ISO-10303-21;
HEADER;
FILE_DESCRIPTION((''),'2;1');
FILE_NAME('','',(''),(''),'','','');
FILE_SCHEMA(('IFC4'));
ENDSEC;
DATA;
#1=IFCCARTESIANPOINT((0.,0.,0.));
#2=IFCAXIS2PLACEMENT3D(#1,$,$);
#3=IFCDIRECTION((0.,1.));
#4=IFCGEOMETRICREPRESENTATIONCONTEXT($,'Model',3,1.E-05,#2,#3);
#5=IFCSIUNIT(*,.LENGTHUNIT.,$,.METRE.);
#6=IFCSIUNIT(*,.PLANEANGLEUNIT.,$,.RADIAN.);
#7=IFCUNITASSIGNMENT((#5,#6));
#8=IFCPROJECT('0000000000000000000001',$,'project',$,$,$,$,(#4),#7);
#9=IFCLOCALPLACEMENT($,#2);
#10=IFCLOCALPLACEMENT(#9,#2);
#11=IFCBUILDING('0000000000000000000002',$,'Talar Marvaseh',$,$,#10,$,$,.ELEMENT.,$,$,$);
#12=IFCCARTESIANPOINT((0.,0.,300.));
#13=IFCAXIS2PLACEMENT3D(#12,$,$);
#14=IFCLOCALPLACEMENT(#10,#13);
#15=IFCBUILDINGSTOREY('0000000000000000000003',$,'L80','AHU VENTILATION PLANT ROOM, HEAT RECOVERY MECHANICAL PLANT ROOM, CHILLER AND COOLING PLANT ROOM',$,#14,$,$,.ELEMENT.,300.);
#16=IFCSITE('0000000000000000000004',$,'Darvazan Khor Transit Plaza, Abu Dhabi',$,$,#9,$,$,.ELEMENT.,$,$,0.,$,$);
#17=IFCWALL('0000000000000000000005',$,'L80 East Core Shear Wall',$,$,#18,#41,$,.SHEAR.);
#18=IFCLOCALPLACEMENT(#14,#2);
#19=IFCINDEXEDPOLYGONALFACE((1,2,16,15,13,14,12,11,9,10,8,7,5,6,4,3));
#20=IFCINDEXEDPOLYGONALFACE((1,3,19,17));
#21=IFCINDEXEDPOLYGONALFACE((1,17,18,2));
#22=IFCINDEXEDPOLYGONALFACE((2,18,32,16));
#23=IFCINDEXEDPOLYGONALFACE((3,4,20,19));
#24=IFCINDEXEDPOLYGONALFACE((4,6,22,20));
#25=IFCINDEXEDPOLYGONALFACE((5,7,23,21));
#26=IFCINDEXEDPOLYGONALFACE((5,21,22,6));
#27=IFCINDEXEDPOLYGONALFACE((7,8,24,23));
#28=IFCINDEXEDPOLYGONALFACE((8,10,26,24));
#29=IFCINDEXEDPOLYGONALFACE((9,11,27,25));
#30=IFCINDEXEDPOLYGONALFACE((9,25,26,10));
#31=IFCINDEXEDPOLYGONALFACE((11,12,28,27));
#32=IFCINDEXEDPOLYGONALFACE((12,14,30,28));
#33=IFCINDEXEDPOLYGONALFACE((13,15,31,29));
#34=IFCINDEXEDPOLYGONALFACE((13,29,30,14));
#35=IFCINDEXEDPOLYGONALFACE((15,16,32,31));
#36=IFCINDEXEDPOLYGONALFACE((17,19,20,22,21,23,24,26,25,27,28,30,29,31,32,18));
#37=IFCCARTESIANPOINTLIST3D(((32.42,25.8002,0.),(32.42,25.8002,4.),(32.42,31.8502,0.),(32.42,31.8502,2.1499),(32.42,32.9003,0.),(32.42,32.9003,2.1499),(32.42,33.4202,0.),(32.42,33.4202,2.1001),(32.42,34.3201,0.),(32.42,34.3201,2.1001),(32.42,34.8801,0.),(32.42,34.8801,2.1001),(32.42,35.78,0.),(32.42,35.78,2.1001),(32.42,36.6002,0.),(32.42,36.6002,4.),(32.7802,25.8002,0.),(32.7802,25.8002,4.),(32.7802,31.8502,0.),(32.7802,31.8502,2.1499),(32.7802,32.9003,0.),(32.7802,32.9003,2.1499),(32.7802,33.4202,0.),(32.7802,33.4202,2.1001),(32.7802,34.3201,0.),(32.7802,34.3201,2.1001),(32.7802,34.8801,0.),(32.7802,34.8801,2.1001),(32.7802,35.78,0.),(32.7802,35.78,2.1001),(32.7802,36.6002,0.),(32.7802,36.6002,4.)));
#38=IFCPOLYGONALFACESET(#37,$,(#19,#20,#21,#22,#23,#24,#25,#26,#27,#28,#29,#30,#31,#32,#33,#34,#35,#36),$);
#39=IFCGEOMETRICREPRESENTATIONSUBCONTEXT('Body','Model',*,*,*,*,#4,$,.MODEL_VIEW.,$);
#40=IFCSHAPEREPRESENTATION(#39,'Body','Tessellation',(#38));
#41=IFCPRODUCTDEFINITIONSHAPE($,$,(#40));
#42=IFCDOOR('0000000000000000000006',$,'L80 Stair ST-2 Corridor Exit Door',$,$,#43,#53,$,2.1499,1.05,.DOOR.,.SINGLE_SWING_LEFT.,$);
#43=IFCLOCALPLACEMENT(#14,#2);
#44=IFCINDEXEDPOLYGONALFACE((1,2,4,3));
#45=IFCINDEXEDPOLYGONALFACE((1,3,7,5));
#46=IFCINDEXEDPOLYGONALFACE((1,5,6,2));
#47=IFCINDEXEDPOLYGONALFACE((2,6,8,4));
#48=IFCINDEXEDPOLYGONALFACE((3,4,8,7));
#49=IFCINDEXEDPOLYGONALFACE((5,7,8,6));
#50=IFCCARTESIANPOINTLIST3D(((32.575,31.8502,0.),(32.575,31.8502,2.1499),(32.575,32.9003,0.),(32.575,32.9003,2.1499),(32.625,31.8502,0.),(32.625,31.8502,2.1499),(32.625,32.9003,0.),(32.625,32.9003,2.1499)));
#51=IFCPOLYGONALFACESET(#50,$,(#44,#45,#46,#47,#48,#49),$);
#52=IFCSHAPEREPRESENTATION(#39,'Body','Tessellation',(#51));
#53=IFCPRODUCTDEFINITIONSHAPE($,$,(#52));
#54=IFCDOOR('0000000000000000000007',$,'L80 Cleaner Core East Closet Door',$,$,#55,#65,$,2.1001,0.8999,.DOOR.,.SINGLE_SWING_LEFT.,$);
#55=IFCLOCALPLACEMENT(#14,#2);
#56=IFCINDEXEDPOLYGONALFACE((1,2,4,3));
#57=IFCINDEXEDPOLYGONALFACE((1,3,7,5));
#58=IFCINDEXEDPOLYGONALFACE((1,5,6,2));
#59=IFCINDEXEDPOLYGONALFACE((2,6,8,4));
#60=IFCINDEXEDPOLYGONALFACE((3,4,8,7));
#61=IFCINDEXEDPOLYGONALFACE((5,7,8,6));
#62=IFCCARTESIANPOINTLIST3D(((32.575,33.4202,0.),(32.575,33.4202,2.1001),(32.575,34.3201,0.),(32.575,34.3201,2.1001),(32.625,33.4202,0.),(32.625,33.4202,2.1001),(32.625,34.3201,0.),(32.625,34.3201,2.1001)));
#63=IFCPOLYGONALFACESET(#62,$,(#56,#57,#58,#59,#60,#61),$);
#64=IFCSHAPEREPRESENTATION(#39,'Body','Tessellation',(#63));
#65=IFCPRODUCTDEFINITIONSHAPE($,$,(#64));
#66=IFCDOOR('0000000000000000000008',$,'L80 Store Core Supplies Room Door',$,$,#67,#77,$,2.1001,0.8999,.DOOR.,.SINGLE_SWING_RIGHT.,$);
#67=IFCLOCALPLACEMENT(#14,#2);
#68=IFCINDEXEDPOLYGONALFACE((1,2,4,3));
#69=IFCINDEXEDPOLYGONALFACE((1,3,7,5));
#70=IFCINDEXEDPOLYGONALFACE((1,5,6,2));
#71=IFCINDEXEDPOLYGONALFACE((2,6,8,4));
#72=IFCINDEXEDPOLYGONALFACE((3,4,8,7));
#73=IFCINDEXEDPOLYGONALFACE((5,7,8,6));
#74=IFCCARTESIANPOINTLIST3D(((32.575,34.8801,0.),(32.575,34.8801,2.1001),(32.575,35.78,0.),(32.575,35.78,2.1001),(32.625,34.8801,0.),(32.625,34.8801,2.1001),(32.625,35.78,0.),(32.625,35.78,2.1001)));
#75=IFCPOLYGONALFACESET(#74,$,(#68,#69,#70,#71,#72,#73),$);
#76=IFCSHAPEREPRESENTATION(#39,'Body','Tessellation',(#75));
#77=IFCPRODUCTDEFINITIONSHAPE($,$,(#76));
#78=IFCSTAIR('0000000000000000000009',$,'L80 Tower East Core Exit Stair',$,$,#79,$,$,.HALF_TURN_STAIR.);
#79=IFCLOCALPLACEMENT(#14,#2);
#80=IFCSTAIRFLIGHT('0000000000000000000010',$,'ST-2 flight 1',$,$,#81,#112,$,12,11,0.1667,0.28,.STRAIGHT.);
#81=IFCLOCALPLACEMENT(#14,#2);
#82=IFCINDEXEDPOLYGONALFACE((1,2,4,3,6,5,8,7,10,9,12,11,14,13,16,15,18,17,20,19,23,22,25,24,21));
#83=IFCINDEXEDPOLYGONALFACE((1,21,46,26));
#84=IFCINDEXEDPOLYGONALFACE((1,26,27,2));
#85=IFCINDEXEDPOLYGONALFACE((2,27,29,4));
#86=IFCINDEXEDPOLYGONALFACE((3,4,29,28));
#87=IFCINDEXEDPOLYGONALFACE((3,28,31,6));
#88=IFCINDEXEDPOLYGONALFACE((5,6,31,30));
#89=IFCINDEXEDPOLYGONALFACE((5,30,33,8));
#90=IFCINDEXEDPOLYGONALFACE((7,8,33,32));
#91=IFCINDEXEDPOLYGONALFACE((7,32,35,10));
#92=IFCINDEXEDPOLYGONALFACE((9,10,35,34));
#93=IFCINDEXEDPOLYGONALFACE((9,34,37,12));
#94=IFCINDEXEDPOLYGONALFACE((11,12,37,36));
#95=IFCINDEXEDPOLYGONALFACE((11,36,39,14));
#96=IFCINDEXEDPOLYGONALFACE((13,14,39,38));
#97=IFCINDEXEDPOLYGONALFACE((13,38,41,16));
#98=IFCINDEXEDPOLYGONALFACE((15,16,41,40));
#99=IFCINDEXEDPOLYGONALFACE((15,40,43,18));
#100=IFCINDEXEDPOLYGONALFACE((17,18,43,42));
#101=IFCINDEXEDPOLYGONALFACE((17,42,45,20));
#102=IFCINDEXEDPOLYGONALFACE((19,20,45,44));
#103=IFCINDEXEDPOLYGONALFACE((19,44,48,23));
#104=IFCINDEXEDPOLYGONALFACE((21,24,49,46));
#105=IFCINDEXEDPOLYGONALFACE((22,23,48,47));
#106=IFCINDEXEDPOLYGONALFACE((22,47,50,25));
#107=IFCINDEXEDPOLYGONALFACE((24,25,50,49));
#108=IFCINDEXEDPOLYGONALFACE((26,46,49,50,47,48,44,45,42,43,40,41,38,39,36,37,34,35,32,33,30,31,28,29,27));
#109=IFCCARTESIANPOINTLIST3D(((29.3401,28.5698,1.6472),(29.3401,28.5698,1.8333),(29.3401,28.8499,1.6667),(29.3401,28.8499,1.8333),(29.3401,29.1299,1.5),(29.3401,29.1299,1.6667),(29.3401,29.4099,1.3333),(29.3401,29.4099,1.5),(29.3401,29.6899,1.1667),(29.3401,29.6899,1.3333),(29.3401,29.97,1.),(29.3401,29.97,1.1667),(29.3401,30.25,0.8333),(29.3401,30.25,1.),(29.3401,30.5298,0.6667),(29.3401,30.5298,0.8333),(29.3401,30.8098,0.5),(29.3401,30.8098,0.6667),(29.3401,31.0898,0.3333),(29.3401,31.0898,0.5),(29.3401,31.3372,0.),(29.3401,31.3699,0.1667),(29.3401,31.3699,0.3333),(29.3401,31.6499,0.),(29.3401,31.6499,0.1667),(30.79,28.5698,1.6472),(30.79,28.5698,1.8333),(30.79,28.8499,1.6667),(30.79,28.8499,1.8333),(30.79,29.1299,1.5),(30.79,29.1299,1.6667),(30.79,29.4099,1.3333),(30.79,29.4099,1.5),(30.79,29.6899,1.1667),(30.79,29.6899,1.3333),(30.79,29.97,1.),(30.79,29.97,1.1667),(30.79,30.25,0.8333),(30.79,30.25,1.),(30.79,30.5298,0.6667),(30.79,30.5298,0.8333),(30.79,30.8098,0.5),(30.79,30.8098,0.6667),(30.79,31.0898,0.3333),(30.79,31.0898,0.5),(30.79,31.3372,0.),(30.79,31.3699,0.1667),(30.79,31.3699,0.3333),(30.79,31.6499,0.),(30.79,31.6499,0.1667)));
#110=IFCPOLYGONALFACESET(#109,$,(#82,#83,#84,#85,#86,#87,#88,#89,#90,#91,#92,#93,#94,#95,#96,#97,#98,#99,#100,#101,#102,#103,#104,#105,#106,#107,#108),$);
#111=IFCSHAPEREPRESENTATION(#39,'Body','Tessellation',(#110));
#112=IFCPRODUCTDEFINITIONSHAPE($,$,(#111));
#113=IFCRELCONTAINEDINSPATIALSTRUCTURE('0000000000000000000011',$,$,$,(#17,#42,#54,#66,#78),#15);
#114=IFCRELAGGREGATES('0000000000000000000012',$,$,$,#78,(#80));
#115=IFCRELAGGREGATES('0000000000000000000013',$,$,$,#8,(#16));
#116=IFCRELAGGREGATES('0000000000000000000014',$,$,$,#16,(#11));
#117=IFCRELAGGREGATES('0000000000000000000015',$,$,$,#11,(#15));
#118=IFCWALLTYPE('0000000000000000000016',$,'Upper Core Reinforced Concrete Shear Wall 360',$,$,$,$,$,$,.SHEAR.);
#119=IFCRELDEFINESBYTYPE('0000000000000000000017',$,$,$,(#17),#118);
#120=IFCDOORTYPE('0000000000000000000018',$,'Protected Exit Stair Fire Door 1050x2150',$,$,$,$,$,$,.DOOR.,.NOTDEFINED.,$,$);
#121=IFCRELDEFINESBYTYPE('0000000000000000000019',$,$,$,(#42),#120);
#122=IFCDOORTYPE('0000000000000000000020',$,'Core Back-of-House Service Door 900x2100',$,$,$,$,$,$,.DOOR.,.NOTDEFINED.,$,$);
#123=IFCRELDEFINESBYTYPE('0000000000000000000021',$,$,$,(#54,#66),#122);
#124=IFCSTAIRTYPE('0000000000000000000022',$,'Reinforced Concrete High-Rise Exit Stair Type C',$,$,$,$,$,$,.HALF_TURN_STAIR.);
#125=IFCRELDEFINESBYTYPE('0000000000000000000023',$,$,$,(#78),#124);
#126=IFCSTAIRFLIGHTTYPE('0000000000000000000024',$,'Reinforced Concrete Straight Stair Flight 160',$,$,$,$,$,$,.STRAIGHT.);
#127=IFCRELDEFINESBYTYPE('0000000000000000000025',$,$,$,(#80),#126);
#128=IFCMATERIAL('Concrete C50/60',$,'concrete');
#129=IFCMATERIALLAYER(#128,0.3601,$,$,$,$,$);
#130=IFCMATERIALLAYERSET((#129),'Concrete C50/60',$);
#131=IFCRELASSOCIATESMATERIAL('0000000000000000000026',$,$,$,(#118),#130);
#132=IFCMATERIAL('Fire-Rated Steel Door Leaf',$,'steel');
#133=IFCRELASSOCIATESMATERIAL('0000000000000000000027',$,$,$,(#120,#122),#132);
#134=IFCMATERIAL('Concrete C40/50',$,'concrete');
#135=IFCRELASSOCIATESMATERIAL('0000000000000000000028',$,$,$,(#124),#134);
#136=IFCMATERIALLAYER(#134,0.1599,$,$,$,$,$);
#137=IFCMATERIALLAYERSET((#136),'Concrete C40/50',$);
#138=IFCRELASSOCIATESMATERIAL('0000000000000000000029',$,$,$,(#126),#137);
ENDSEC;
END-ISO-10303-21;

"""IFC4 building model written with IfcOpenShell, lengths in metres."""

from ifc_helpers import new_model, si_unit, direction, frame, frame_2d, origin, place, context, subcontext, project, spatial, polyline, rectangle, outline, extrude, source, transform, mapped, material, layer, layer_set, type_object, type_shapes, element, fill, aggregate, save


model = new_model("IFC4")

# Units and contexts
model_context = context("Model", 3, precision=1e-05, world=origin(), true_north=direction((0.0, 1.0)))
body_context = subcontext(model_context, "Body", "Model", "MODEL_VIEW")
ifc_project = project(units=[si_unit("LENGTHUNIT", "METRE"), si_unit("PLANEANGLEUNIT", "RADIAN")], contexts=[model_context])

# Site, building, storey
site_placement = place(None, origin())
site = spatial("IfcSite", under=ifc_project, at=site_placement, Name="Darvazan Khor Transit Plaza, Abu Dhabi", CompositionType="ELEMENT", RefElevation=0.0)
building_placement = place(site_placement, origin())
building = spatial("IfcBuilding", under=site, at=building_placement, Name="Talar Marvaseh", CompositionType="ELEMENT")
storey_placement = place(building_placement, frame((0.0, 0.0, 300.0)))
storey = spatial("IfcBuildingStorey", under=building, at=storey_placement, Name="L80", Description="AHU VENTILATION PLANT ROOM, HEAT RECOVERY MECHANICAL PLANT ROOM, CHILLER AND COOLING PLANT ROOM", CompositionType="ELEMENT", Elevation=300.0)

# Shared definitions
ifc_material_1 = material(Name="Concrete C50/60", Category="concrete")

# Shared definitions
ifc_material_2 = material(Name="Concrete C40/50", Category="concrete")

# Wall, openings, doors
ifc_layer_1 = layer(ifc_material_1, 0.3601)
ifc_layer_set_1 = layer_set([ifc_layer_1], Name="Concrete C50/60")
wall_type_1 = type_object("IfcWallType", Name="Upper Core Reinforced Concrete Shear Wall 360", PredefinedType="SHEAR", material=ifc_layer_set_1)
wall_1_placement = place(storey_placement, frame((32.6001, 36.6001, 0.0), z_axis=(0.0, 0.0, 1.0), x_axis=(0.0, -1.0, 0.0)))
wall_1 = element("IfcWall", 1, at=wall_1_placement, inside=storey, type_object=wall_type_1, Name="L80 East Core Shear Wall", PredefinedType="SHEAR", context=body_context, shape_type="SweptSolid", body=[
    extrude(rectangle(XDim=10.8, YDim=0.3601, at=frame_2d((5.3999, 0.0))), origin(), (0.0, 0.0, 1.0), 4.0),
])
opening_1_placement = place(wall_1_placement, frame((3.7, 0.0, 0.0)))
opening_1 = element("IfcOpeningElement", 2, at=opening_1_placement, cuts=wall_1, PredefinedType="OPENING", context=body_context, shape_type="SweptSolid", body=[
    extrude(rectangle(XDim=1.05, YDim=2.1499, at=frame_2d((0.5249, 1.075))), frame((0.0, 0.1899, 0.0), z_axis=(0.0, -1.0, 0.0), x_axis=(1.0, 0.0, 0.0)), (0.0, 0.0, 1.0), 0.3801),
])
opening_2_placement = place(wall_1_placement, frame((2.28, 0.0, 0.0)))
opening_2 = element("IfcOpeningElement", 3, at=opening_2_placement, cuts=wall_1, PredefinedType="OPENING", context=body_context, shape_type="SweptSolid", body=[
    extrude(rectangle(XDim=0.8999, YDim=2.1001, at=frame_2d((0.45, 1.05))), frame((0.0, 0.1899, 0.0), z_axis=(0.0, -1.0, 0.0), x_axis=(1.0, 0.0, 0.0)), (0.0, 0.0, 1.0), 0.3801),
])
opening_3_placement = place(wall_1_placement, frame((0.8201, 0.0, 0.0)))
opening_3 = element("IfcOpeningElement", 4, at=opening_3_placement, cuts=wall_1, PredefinedType="OPENING", context=body_context, shape_type="SweptSolid", body=[
    extrude(rectangle(XDim=0.8999, YDim=2.1001, at=frame_2d((0.45, 1.05))), frame((0.0, 0.1899, 0.0), z_axis=(0.0, -1.0, 0.0), x_axis=(1.0, 0.0, 0.0)), (0.0, 0.0, 1.0), 0.3801),
])
ifc_material_3 = material(Name="Fire-Rated Steel Door Leaf", Category="steel")
door_type_1 = type_object("IfcDoorType", Name="Protected Exit Stair Fire Door 1050x2150", OperationType="NOTDEFINED", PredefinedType="DOOR", material=ifc_material_3)
shared_shape_1 = source(origin(), body_context, "Body", "SweptSolid", [
    extrude(rectangle(XDim=1.05, YDim=2.1499, at=frame_2d((0.5249, 1.075))), frame((0.0, 0.0249, 0.0), z_axis=(0.0, -1.0, 0.0), x_axis=(1.0, 0.0, 0.0)), (0.0, 0.0, 1.0), 0.05),
])
type_shapes(door_type_1, [shared_shape_1])
door_1_placement = place(opening_1_placement, origin())
door_1 = element("IfcDoor", 5, at=door_1_placement, inside=storey, type_object=door_type_1, Name="L80 Stair ST-2 Corridor Exit Door", OperationType="SINGLE_SWING_LEFT", OverallHeight=2.1499, OverallWidth=1.05, PredefinedType="DOOR", context=body_context, shape_type="MappedRepresentation", body=[
    mapped(shared_shape_1, transform((0.0, 0.0, 0.0), x_axis=(1.0, 0.0, 0.0), y_axis=(0.0, 1.0, 0.0), z_axis=(0.0, 0.0, 1.0), scale=1.0)),
])
fill(opening_1, door_1)
door_type_2 = type_object("IfcDoorType", Name="Core Back-of-House Service Door 900x2100", OperationType="NOTDEFINED", PredefinedType="DOOR", material=ifc_material_3)
shared_shape_2 = source(origin(), body_context, "Body", "SweptSolid", [
    extrude(rectangle(XDim=0.8999, YDim=2.1001, at=frame_2d((0.45, 1.05))), frame((0.0, 0.0249, 0.0), z_axis=(0.0, -1.0, 0.0), x_axis=(1.0, 0.0, 0.0)), (0.0, 0.0, 1.0), 0.05),
])
type_shapes(door_type_2, [shared_shape_2])
door_2_placement = place(opening_2_placement, origin())
door_2 = element("IfcDoor", 6, at=door_2_placement, inside=storey, type_object=door_type_2, Name="L80 Cleaner Core East Closet Door", OperationType="SINGLE_SWING_LEFT", OverallHeight=2.1001, OverallWidth=0.8999, PredefinedType="DOOR", context=body_context, shape_type="MappedRepresentation", body=[
    mapped(shared_shape_2, transform((0.0, 0.0, 0.0), x_axis=(1.0, 0.0, 0.0), y_axis=(0.0, 1.0, 0.0), z_axis=(0.0, 0.0, 1.0), scale=1.0)),
])
fill(opening_2, door_2)
door_3_placement = place(opening_3_placement, origin())
door_3 = element("IfcDoor", 7, at=door_3_placement, inside=storey, type_object=door_type_2, Name="L80 Store Core Supplies Room Door", OperationType="SINGLE_SWING_RIGHT", OverallHeight=2.1001, OverallWidth=0.8999, PredefinedType="DOOR", context=body_context, shape_type="MappedRepresentation", body=[
    mapped(shared_shape_2, transform((0.0, 0.0, 0.0), x_axis=(1.0, 0.0, 0.0), y_axis=(0.0, 1.0, 0.0), z_axis=(0.0, 0.0, 1.0), scale=1.0)),
])
fill(opening_3, door_3)

# Stair, stair flight
stair_type = type_object("IfcStairType", Name="Reinforced Concrete High-Rise Exit Stair Type C", PredefinedType="HALF_TURN_STAIR", material=ifc_material_2)
stair_placement = place(storey_placement, origin())
stair = element("IfcStair", 8, at=stair_placement, inside=storey, type_object=stair_type, Name="L80 Tower East Core Exit Stair", PredefinedType="HALF_TURN_STAIR")
ifc_layer_2 = layer(ifc_material_2, 0.1599)
ifc_layer_set_2 = layer_set([ifc_layer_2], Name="Concrete C40/50")
stair_flight_type = type_object("IfcStairFlightType", Name="Reinforced Concrete Straight Stair Flight 160", PredefinedType="STRAIGHT", material=ifc_layer_set_2)
stair_flight_placement = place(storey_placement, frame((30.0649, 31.6499, 0.0), z_axis=(0.0, 0.0, 1.0), x_axis=(0.0, -1.0, 0.0)))
stair_flight = element("IfcStairFlight", 9, at=stair_flight_placement, type_object=stair_flight_type, Name="ST-2 flight 1", NumberOfRisers=12, NumberOfTreads=11, PredefinedType="STRAIGHT", RiserHeight=0.1667, TreadLength=0.28, context=body_context, shape_type="SweptSolid", body=[
    extrude(outline(polyline([(0.0, 0.0), (0.0, 0.1667), (0.28, 0.1667), (0.28, 0.3333), (0.5601, 0.3333), (0.5601, 0.5), (0.8401, 0.5), (0.8401, 0.6667), (1.1201, 0.6667), (1.1201, 0.8333), (1.3999, 0.8333), (1.3999, 1.0), (1.6799, 1.0), (1.6799, 1.1667), (1.96, 1.1667), (1.96, 1.3333), (2.24, 1.3333), (2.24, 1.5), (2.52, 1.5), (2.52, 1.6667), (2.8, 1.6667), (2.8, 1.8333), (3.0801, 1.8333), (3.0801, 2.0), (3.0801, 1.6472), (0.3127, 0.0), (0.0, 0.0)])), frame((0.0, 0.7251, 0.0), z_axis=(0.0, -1.0, 0.0), x_axis=(1.0, 0.0, 0.0)), (0.0, 0.0, 1.0), 1.45),
])
aggregate(stair, [stair_flight])

save(model, "model.ifc")
